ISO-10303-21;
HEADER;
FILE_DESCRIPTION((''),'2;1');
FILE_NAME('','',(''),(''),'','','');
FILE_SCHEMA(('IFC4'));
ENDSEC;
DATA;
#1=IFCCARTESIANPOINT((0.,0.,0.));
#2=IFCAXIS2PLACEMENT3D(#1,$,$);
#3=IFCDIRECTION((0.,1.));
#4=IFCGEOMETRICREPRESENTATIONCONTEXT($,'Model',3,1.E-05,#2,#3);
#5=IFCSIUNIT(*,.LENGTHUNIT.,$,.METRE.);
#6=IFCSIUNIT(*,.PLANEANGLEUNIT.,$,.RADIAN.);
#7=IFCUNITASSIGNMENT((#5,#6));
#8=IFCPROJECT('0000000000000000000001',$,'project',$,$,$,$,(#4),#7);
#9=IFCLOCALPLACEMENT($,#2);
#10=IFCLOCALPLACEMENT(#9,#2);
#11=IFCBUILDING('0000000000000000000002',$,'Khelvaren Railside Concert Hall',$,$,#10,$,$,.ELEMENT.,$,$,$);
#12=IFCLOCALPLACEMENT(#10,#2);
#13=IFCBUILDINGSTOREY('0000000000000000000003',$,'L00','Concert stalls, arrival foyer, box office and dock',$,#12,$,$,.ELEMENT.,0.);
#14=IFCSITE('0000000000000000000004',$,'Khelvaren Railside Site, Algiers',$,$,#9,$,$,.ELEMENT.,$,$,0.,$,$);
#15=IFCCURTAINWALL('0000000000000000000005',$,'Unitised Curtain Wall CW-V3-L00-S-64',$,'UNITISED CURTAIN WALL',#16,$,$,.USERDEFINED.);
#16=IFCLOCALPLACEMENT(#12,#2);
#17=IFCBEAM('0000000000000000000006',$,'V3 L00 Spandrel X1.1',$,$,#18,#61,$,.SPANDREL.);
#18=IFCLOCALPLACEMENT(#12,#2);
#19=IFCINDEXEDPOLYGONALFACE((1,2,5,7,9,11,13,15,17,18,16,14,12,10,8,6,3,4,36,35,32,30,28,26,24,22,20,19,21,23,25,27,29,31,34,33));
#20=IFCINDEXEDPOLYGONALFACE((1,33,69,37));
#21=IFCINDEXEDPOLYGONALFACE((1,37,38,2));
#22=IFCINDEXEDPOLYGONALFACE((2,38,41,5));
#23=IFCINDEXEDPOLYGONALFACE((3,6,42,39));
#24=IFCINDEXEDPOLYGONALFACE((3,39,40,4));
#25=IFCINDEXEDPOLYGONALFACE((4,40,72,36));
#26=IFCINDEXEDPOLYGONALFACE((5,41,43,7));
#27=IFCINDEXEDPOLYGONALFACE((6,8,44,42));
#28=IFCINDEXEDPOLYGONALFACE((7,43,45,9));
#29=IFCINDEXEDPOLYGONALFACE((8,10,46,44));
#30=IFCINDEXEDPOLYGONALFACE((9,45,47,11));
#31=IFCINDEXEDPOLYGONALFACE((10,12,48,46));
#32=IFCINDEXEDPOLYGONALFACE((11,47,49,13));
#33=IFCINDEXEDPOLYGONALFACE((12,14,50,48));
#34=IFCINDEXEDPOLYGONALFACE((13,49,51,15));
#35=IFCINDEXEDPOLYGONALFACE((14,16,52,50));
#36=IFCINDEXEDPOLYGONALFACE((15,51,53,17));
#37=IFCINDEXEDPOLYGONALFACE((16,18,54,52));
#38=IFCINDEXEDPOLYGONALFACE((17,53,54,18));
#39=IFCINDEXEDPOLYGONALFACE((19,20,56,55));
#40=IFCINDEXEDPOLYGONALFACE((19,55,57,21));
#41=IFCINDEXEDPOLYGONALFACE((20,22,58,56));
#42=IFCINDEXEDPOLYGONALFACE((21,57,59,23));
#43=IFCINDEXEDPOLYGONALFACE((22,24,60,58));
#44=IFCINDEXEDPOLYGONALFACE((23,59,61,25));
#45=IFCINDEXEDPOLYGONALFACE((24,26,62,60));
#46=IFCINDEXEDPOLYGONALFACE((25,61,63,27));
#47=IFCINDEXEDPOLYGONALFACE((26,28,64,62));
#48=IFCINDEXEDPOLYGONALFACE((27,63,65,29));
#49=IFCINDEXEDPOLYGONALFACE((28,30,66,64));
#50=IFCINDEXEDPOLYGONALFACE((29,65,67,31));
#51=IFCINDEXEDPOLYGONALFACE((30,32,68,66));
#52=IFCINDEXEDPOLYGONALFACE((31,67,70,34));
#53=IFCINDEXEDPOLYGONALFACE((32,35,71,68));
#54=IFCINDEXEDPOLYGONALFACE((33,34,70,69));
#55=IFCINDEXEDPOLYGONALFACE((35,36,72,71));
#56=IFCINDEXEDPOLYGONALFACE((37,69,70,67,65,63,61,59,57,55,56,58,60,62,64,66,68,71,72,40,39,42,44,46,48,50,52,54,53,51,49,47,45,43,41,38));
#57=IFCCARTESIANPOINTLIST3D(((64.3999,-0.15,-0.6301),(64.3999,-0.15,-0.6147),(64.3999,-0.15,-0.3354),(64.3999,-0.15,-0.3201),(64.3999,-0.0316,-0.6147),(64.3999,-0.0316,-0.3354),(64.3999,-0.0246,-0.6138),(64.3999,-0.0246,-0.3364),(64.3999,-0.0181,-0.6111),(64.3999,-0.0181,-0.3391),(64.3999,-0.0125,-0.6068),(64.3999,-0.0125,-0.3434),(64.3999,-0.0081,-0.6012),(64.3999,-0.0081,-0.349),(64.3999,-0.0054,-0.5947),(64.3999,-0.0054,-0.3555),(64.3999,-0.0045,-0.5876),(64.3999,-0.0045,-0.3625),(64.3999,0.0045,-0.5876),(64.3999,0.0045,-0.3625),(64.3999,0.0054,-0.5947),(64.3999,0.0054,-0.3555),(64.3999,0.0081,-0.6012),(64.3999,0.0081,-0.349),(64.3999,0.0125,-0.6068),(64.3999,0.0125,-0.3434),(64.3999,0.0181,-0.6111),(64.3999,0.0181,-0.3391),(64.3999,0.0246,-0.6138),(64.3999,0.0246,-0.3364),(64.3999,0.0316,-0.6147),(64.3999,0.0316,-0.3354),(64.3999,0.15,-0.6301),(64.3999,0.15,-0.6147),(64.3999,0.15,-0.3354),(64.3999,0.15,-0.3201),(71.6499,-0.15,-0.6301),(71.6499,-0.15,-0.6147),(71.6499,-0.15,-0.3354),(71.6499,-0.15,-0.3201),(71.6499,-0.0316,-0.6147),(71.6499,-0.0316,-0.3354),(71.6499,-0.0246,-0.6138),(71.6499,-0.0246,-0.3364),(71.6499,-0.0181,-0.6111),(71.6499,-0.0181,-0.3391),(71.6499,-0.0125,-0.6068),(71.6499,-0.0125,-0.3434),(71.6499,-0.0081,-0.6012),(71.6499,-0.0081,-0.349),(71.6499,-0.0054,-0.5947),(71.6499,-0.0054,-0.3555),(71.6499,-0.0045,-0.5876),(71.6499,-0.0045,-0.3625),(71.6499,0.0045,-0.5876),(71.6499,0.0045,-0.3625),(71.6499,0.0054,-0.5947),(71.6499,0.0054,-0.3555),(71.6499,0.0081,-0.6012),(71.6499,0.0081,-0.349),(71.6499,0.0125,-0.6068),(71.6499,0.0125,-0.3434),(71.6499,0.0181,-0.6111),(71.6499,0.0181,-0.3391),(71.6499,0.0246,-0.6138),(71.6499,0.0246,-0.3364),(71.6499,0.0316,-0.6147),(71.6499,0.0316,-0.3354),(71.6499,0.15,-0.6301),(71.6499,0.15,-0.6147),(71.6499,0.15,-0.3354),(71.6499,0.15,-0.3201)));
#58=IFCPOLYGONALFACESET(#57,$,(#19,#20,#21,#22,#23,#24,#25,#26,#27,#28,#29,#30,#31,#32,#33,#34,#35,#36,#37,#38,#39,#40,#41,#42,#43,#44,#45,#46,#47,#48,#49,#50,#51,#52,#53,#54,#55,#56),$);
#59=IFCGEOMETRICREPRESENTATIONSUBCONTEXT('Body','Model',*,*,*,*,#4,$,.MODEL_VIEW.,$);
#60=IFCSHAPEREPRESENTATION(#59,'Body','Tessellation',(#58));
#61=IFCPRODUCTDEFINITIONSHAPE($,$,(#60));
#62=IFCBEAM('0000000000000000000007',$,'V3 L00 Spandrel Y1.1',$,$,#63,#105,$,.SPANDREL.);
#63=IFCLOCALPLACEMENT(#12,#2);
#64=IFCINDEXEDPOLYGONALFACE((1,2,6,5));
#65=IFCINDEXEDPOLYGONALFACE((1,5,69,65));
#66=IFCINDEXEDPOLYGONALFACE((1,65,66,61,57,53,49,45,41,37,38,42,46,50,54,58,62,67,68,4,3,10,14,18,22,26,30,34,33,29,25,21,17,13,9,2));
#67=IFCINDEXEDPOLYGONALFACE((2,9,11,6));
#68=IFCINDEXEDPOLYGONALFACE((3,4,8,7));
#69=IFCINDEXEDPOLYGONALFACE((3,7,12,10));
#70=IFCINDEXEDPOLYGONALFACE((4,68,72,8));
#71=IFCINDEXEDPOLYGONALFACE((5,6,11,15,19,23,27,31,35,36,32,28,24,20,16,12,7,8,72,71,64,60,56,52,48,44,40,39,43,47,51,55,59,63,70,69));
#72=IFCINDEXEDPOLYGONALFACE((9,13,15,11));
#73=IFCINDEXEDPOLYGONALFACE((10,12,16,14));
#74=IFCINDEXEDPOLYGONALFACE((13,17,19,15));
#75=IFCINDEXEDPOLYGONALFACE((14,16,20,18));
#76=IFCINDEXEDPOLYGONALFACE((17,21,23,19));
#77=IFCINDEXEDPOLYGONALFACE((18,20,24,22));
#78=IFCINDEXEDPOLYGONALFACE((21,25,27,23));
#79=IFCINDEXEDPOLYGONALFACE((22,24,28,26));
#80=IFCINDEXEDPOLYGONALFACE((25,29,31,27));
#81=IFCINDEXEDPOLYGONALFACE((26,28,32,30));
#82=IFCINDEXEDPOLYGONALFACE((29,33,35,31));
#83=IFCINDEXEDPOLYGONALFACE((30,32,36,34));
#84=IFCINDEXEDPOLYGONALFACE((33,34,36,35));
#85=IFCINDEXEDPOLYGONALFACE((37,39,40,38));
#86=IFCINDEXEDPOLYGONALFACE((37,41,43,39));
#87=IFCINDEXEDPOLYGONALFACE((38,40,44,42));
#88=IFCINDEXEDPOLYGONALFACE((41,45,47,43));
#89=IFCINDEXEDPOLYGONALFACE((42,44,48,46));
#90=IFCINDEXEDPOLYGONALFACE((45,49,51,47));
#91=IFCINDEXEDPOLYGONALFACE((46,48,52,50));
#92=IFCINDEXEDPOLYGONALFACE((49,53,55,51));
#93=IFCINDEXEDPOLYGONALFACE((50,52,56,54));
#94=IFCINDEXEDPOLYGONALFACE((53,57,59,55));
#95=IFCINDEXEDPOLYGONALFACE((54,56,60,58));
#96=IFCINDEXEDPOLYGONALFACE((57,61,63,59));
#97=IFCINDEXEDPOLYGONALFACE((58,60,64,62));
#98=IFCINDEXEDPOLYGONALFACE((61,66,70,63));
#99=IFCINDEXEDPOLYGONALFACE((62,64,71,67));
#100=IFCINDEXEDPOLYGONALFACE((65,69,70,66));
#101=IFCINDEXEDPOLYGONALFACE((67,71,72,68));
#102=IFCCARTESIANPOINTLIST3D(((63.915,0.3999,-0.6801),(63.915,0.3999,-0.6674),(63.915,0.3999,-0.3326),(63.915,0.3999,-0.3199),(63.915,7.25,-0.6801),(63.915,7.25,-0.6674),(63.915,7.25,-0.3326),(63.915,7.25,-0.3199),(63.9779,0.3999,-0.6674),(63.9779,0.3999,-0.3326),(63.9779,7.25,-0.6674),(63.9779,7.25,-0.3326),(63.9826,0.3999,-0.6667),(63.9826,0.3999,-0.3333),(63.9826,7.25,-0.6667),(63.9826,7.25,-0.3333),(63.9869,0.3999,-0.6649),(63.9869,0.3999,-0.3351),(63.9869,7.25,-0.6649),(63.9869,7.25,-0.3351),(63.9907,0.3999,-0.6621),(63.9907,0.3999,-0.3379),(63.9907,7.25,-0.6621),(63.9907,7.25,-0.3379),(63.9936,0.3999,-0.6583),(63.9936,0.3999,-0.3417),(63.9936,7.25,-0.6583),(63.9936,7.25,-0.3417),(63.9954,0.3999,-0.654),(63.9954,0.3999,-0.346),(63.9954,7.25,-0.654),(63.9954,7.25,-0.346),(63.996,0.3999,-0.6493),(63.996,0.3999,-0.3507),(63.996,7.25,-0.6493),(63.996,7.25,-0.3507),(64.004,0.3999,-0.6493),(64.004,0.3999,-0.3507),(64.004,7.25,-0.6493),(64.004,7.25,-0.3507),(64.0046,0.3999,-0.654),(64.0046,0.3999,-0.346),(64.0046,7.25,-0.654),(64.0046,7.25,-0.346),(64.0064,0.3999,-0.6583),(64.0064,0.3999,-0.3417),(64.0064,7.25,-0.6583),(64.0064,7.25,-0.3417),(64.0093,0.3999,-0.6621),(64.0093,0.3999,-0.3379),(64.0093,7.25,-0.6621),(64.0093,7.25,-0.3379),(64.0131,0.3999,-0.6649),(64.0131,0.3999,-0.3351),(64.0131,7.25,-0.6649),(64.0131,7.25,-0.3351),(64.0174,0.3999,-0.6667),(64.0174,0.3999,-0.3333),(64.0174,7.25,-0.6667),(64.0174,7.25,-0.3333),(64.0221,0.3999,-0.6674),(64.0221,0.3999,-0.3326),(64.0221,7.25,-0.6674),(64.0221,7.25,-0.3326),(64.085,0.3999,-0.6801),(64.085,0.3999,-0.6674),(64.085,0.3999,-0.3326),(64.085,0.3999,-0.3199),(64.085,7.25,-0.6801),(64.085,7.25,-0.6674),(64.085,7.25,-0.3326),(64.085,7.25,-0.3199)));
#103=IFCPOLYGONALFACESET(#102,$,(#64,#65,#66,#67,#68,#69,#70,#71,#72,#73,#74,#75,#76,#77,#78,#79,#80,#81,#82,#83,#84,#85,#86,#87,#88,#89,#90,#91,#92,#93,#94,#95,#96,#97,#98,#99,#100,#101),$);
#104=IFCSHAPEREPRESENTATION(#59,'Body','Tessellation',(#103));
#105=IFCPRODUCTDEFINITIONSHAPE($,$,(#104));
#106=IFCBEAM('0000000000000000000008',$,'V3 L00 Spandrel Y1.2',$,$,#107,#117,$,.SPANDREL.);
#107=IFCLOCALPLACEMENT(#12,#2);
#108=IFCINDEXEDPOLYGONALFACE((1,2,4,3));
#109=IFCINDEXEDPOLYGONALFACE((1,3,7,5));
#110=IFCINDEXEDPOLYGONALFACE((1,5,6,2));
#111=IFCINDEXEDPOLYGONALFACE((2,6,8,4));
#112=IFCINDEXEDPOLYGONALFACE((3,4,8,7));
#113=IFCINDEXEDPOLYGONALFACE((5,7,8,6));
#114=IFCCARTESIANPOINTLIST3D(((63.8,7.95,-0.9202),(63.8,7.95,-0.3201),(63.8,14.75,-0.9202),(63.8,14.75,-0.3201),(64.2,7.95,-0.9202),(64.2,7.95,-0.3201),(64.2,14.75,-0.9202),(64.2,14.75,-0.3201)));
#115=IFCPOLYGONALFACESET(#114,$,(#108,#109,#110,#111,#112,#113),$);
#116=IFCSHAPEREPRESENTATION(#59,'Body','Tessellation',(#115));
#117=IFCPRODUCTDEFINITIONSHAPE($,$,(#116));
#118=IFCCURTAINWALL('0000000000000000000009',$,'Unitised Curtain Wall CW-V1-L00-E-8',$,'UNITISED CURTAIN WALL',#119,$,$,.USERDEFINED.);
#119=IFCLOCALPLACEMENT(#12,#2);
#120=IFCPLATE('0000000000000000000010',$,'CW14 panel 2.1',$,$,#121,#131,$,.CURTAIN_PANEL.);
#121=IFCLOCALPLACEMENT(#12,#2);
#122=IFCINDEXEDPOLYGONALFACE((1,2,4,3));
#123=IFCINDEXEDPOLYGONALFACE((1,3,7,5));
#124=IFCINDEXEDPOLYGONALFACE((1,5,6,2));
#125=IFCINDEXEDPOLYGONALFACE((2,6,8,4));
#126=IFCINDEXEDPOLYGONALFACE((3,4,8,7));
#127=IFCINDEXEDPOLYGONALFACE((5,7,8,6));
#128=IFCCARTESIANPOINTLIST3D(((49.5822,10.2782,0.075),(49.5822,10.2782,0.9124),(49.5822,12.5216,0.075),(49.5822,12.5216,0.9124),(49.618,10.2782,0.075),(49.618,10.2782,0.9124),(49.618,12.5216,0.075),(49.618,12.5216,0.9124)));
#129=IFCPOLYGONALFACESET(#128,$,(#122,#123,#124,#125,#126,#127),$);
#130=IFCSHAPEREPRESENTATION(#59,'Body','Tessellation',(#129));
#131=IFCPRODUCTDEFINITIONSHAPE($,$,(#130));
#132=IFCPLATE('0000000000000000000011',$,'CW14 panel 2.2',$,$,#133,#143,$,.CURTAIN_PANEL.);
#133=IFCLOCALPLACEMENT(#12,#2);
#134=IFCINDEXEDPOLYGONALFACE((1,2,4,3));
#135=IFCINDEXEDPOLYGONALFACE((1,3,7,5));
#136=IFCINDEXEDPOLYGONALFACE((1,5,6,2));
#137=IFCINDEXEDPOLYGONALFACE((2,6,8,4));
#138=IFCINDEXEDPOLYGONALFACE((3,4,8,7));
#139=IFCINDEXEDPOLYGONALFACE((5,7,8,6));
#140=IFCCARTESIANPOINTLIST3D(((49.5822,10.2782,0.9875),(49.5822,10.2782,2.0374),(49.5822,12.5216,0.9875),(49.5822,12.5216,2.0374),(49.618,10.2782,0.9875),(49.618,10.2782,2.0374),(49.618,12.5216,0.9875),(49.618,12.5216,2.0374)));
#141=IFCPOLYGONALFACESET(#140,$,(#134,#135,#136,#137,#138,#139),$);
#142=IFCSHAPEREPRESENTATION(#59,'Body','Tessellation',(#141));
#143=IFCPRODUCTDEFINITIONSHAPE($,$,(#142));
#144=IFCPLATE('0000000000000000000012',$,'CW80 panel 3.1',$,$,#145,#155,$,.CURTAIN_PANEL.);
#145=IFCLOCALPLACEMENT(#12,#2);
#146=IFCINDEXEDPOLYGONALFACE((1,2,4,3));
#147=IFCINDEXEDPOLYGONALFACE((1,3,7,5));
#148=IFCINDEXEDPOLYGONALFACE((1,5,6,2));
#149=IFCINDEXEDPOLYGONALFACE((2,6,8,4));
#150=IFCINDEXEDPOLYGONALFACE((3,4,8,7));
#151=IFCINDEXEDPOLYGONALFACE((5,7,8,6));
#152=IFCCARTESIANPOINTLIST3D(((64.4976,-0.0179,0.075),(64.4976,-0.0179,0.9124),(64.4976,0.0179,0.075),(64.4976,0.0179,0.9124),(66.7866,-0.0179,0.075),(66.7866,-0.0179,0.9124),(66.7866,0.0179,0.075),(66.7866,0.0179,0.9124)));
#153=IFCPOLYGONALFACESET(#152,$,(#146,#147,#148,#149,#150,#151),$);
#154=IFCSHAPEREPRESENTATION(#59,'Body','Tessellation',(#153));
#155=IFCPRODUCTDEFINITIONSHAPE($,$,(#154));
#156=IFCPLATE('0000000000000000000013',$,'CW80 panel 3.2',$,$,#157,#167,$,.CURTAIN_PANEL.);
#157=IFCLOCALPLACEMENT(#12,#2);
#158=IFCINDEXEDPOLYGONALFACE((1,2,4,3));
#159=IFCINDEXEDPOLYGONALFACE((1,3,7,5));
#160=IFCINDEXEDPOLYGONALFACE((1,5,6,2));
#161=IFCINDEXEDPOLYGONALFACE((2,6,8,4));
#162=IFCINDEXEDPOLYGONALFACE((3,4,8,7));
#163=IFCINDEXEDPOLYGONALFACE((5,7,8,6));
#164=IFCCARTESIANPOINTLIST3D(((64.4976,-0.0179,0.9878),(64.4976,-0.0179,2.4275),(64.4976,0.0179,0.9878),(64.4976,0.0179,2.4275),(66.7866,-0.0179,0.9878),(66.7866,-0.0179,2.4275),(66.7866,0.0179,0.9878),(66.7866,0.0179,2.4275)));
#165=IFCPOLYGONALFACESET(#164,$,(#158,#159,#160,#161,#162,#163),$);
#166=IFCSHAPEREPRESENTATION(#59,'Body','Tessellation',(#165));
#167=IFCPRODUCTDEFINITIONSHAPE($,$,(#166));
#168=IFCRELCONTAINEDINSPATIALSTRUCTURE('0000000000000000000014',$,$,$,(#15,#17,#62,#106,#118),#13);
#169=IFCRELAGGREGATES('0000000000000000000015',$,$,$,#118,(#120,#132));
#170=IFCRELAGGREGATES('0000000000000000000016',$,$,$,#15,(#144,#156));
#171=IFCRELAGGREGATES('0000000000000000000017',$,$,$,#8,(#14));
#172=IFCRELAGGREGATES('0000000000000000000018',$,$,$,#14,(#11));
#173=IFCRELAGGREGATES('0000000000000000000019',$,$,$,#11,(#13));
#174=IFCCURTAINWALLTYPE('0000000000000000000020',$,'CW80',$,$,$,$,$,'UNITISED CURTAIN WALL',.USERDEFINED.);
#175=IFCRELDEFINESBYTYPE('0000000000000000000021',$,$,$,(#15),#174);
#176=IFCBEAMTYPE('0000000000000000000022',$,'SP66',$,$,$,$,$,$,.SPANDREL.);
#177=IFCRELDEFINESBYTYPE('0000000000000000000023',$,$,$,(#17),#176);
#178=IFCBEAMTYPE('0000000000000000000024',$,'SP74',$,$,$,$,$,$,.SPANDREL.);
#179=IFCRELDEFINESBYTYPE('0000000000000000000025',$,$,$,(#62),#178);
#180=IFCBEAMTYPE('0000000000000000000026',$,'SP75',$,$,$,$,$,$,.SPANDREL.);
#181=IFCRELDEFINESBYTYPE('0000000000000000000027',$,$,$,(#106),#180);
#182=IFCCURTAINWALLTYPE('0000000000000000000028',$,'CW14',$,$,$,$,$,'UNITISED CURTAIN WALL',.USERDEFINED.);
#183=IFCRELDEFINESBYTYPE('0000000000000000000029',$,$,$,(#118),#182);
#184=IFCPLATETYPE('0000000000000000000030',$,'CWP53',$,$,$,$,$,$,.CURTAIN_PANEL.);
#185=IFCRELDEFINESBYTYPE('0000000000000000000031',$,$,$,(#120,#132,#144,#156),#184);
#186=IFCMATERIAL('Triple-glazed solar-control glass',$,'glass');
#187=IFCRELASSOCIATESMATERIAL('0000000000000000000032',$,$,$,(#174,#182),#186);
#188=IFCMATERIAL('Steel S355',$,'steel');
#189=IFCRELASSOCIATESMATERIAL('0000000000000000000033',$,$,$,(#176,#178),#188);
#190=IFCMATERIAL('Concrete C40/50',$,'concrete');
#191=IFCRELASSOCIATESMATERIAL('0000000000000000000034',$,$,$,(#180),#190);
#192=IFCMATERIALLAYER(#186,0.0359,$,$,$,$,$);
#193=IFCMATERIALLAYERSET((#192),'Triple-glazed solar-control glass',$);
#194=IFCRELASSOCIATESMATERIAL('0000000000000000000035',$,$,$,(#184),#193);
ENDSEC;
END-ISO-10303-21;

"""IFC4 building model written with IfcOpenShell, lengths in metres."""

from ifc_helpers import new_model, si_unit, direction, frame, origin, origin_2d, place, context, subcontext, project, spatial, rectangle, i_section, extrude, material, layer, layer_set, material_profile, profile_set, type_object, element, aggregate, save


model = new_model("IFC4")

# Units and contexts
model_context = context("Model", 3, precision=1e-05, world=origin(), true_north=direction((0.0, 1.0)))
body_context = subcontext(model_context, "Body", "Model", "MODEL_VIEW")
ifc_project = project(units=[si_unit("LENGTHUNIT", "METRE"), si_unit("PLANEANGLEUNIT", "RADIAN")], contexts=[model_context])

# Site, building, storey
site_placement = place(None, origin())
site = spatial("IfcSite", under=ifc_project, at=site_placement, Name="Khelvaren Railside Site, Algiers", CompositionType="ELEMENT", RefElevation=0.0)
building_placement = place(site_placement, origin())
building = spatial("IfcBuilding", under=site, at=building_placement, Name="Khelvaren Railside Concert Hall", CompositionType="ELEMENT")
storey_placement = place(building_placement, origin())
storey = spatial("IfcBuildingStorey", under=building, at=storey_placement, Name="L00", Description="Concert stalls, arrival foyer, box office and dock", CompositionType="ELEMENT", Elevation=0.0)

# Shared definitions
ifc_material_1 = material(Name="Steel S355", Category="steel")

# Curtain wall
ifc_material_2 = material(Name="Triple-glazed solar-control glass", Category="glass")
curtain_wall_type_1 = type_object("IfcCurtainWallType", Name="CW80", ElementType="UNITISED CURTAIN WALL", PredefinedType="USERDEFINED", material=ifc_material_2)
curtain_wall_1_placement = place(storey_placement, origin())
curtain_wall_1 = element("IfcCurtainWall", 1, at=curtain_wall_1_placement, inside=storey, type_object=curtain_wall_type_1, Name="Unitised Curtain Wall CW-V3-L00-S-64", ObjectType="UNITISED CURTAIN WALL", PredefinedType="USERDEFINED")

# Beams
ifc_material_profile_1 = material_profile(ifc_material_1, i_section(OverallWidth=0.3, OverallDepth=0.3101, WebThickness=0.009, FlangeThickness=0.0154, FilletRadius=0.0271, at=origin_2d()), Name="HEA 320")
ifc_profile_set_1 = profile_set([ifc_material_profile_1], Name="Steel S355")
beam_type_1 = type_object("IfcBeamType", Name="SP66", PredefinedType="SPANDREL", material=ifc_profile_set_1)
beam_1_placement = place(storey_placement, frame((64.3999, 0.0, -0.4751), z_axis=(1.0, 0.0, 0.0), x_axis=(0.0, 1.0, 0.0)))
element("IfcBeam", 2, at=beam_1_placement, inside=storey, type_object=beam_type_1, Name="V3 L00 Spandrel X1.1", PredefinedType="SPANDREL", context=body_context, shape_type="SweptSolid", body=[
    extrude(i_section(OverallWidth=0.3, OverallDepth=0.3101, WebThickness=0.009, FlangeThickness=0.0154, FilletRadius=0.0271, at=origin_2d()), origin(), (0.0, 0.0, 1.0), 7.25),
])
ifc_material_profile_2 = material_profile(ifc_material_1, i_section(OverallWidth=0.1699, OverallDepth=0.3601, WebThickness=0.0081, FlangeThickness=0.0127, FilletRadius=0.0181, at=origin_2d()), Name="IPE 360")
ifc_profile_set_2 = profile_set([ifc_material_profile_2], Name="Steel S355")
beam_type_2 = type_object("IfcBeamType", Name="SP74", PredefinedType="SPANDREL", material=ifc_profile_set_2)
beam_2_placement = place(storey_placement, frame((64.0, 0.3999, -0.5), z_axis=(0.0, 1.0, 0.0), x_axis=(-1.0, 0.0, 0.0)))
element("IfcBeam", 3, at=beam_2_placement, inside=storey, type_object=beam_type_2, Name="V3 L00 Spandrel Y1.1", PredefinedType="SPANDREL", context=body_context, shape_type="SweptSolid", body=[
    extrude(i_section(OverallWidth=0.1699, OverallDepth=0.3601, WebThickness=0.0081, FlangeThickness=0.0127, FilletRadius=0.0181, at=origin_2d()), origin(), (0.0, 0.0, 1.0), 6.8501),
])
ifc_material_3 = material(Name="Concrete C40/50", Category="concrete")
ifc_material_profile_3 = material_profile(ifc_material_3, rectangle(XDim=0.3999, YDim=0.6001, at=origin_2d()), Name="RCB 400x600")
ifc_profile_set_3 = profile_set([ifc_material_profile_3], Name="Concrete C40/50")
beam_type_3 = type_object("IfcBeamType", Name="SP75", PredefinedType="SPANDREL", material=ifc_profile_set_3)
beam_3_placement = place(storey_placement, frame((64.0, 7.95, -0.6201), z_axis=(0.0, 1.0, 0.0), x_axis=(-1.0, 0.0, 0.0)))
element("IfcBeam", 4, at=beam_3_placement, inside=storey, type_object=beam_type_3, Name="V3 L00 Spandrel Y1.2", PredefinedType="SPANDREL", context=body_context, shape_type="SweptSolid", body=[
    extrude(rectangle(XDim=0.3999, YDim=0.6001, at=origin_2d()), origin(), (0.0, 0.0, 1.0), 6.8),
])

# Curtain wall, plates
curtain_wall_type_2 = type_object("IfcCurtainWallType", Name="CW14", ElementType="UNITISED CURTAIN WALL", PredefinedType="USERDEFINED", material=ifc_material_2)
curtain_wall_2_placement = place(storey_placement, origin())
curtain_wall_2 = element("IfcCurtainWall", 5, at=curtain_wall_2_placement, inside=storey, type_object=curtain_wall_type_2, Name="Unitised Curtain Wall CW-V1-L00-E-8", ObjectType="UNITISED CURTAIN WALL", PredefinedType="USERDEFINED")
ifc_layer_1 = layer(ifc_material_2, 0.0359)
ifc_layer_set_1 = layer_set([ifc_layer_1], Name="Triple-glazed solar-control glass")
plate_type = type_object("IfcPlateType", Name="CWP53", PredefinedType="CURTAIN_PANEL", material=ifc_layer_set_1)
plate_1_placement = place(storey_placement, frame((49.6001, 11.3999, 0.075), z_axis=(0.0, 0.0, 1.0), x_axis=(0.0, -1.0, 0.0)))
plate_1 = element("IfcPlate", 6, at=plate_1_placement, type_object=plate_type, Name="CW14 panel 2.1", PredefinedType="CURTAIN_PANEL", context=body_context, shape_type="SweptSolid", body=[
    extrude(rectangle(XDim=2.2434, YDim=0.0359, at=origin_2d()), origin(), (0.0, 0.0, 1.0), 0.8374),
])
plate_2_placement = place(storey_placement, frame((49.6001, 11.3999, 0.9875), z_axis=(0.0, 0.0, 1.0), x_axis=(0.0, -1.0, 0.0)))
plate_2 = element("IfcPlate", 7, at=plate_2_placement, type_object=plate_type, Name="CW14 panel 2.2", PredefinedType="CURTAIN_PANEL", context=body_context, shape_type="SweptSolid", body=[
    extrude(rectangle(XDim=2.2434, YDim=0.0359, at=origin_2d()), origin(), (0.0, 0.0, 1.0), 1.0498),
])
aggregate(curtain_wall_2, [plate_1, plate_2])

# Plates
plate_3_placement = place(storey_placement, frame((65.6421, 0.0, 0.075), z_axis=(0.0, 0.0, 1.0), x_axis=(-1.0, 0.0, 0.0)))
plate_3 = element("IfcPlate", 8, at=plate_3_placement, type_object=plate_type, Name="CW80 panel 3.1", PredefinedType="CURTAIN_PANEL", context=body_context, shape_type="SweptSolid", body=[
    extrude(rectangle(XDim=2.2891, YDim=0.0359, at=origin_2d()), origin(), (0.0, 0.0, 1.0), 0.8374),
])
plate_4_placement = place(storey_placement, frame((65.6421, 0.0, 0.9878), z_axis=(0.0, 0.0, 1.0), x_axis=(-1.0, 0.0, 0.0)))
plate_4 = element("IfcPlate", 9, at=plate_4_placement, type_object=plate_type, Name="CW80 panel 3.2", PredefinedType="CURTAIN_PANEL", context=body_context, shape_type="SweptSolid", body=[
    extrude(rectangle(XDim=2.2891, YDim=0.0359, at=origin_2d()), origin(), (0.0, 0.0, 1.0), 1.4397),
])
aggregate(curtain_wall_1, [plate_3, plate_4])

save(model, "model.ifc")
